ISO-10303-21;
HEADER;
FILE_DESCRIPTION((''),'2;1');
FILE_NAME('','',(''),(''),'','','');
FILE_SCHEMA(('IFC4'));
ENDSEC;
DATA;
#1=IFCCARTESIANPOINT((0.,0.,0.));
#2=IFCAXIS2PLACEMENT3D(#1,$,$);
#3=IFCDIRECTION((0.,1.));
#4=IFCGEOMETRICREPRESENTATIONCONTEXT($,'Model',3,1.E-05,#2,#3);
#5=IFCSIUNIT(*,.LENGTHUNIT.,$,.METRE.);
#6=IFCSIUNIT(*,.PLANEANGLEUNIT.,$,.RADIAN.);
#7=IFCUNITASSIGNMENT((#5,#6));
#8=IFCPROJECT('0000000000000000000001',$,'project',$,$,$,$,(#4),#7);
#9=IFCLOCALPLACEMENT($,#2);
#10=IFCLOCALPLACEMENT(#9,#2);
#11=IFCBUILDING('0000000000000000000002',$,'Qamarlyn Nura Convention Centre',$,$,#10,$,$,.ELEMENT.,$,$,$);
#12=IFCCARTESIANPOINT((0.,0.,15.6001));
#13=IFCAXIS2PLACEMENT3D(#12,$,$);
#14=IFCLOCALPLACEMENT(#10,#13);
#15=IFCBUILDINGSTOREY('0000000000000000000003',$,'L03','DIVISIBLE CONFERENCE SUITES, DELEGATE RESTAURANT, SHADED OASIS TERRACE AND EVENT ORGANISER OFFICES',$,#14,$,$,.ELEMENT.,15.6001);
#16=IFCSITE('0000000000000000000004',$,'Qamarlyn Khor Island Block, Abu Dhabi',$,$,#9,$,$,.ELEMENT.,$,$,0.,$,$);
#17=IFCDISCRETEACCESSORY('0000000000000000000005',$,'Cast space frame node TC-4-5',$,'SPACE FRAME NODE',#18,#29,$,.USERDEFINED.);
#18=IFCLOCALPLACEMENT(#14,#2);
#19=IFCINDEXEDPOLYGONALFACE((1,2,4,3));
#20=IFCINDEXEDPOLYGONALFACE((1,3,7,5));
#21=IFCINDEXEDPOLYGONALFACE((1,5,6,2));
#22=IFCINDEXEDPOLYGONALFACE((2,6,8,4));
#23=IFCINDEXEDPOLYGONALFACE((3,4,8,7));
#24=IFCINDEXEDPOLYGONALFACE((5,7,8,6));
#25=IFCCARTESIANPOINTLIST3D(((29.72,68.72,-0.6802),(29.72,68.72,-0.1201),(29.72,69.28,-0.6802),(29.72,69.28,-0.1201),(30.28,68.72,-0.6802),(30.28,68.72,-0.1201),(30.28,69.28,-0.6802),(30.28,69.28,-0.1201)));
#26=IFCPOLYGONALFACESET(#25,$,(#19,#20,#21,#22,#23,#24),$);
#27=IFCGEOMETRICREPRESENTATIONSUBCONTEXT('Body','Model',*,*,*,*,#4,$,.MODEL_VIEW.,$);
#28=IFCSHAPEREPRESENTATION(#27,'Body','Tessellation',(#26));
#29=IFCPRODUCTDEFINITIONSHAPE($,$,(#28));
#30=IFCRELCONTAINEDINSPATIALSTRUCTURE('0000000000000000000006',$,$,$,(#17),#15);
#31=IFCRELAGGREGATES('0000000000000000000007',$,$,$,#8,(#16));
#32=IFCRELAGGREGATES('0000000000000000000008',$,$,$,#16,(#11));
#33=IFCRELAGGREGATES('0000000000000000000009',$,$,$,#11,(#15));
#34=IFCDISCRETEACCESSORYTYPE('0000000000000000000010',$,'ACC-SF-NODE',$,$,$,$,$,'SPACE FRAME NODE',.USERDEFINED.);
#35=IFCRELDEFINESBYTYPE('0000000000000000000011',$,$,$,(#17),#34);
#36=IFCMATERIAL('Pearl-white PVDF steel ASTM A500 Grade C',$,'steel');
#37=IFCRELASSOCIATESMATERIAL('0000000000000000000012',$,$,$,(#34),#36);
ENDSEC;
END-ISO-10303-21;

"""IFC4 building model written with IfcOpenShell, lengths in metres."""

from ifc_helpers import new_model, si_unit, direction, frame, origin, origin_2d, place, context, subcontext, project, spatial, rectangle, extrude, material, type_object, element, save


model = new_model("IFC4")

# Units and contexts
model_context = context("Model", 3, precision=1e-05, world=origin(), true_north=direction((0.0, 1.0)))
body_context = subcontext(model_context, "Body", "Model", "MODEL_VIEW")
ifc_project = project(units=[si_unit("LENGTHUNIT", "METRE"), si_unit("PLANEANGLEUNIT", "RADIAN")], contexts=[model_context])

# Site, building, storey
site_placement = place(None, origin())
site = spatial("IfcSite", under=ifc_project, at=site_placement, Name="Qamarlyn Khor Island Block, Abu Dhabi", CompositionType="ELEMENT", RefElevation=0.0)
building_placement = place(site_placement, origin())
building = spatial("IfcBuilding", under=site, at=building_placement, Name="Qamarlyn Nura Convention Centre", CompositionType="ELEMENT")
storey_placement = place(building_placement, frame((0.0, 0.0, 15.6001)))
storey = spatial("IfcBuildingStorey", under=building, at=storey_placement, Name="L03", Description="DIVISIBLE CONFERENCE SUITES, DELEGATE RESTAURANT, SHADED OASIS TERRACE AND EVENT ORGANISER OFFICES", CompositionType="ELEMENT", Elevation=15.6001)

# Shared definitions
ifc_material_1 = material(Name="Pearl-white PVDF steel ASTM A500 Grade C", Category="steel")

# Discrete accessory
discrete_accessory_type = type_object("IfcDiscreteAccessoryType", Name="ACC-SF-NODE", ElementType="SPACE FRAME NODE", PredefinedType="USERDEFINED", material=ifc_material_1)
for number, where, z_axis, x_axis, name in (
    (1, (30.0, 69.0, -0.6802), (0.0, 0.0, 1.0), (1.0, 0.0, 0.0), "Cast space frame node TC-4-5"),
):
    element("IfcDiscreteAccessory", number, at=place(storey_placement, frame(where, z_axis=z_axis, x_axis=x_axis)), inside=storey, type_object=discrete_accessory_type, Name=name, ObjectType="SPACE FRAME NODE", PredefinedType="USERDEFINED", context=body_context, shape_type="SweptSolid", body=[
        extrude(rectangle(XDim=0.5601, YDim=0.5601, at=origin_2d()), origin(), (0.0, 0.0, 1.0), 0.5601),
    ])

save(model, "model.ifc")
